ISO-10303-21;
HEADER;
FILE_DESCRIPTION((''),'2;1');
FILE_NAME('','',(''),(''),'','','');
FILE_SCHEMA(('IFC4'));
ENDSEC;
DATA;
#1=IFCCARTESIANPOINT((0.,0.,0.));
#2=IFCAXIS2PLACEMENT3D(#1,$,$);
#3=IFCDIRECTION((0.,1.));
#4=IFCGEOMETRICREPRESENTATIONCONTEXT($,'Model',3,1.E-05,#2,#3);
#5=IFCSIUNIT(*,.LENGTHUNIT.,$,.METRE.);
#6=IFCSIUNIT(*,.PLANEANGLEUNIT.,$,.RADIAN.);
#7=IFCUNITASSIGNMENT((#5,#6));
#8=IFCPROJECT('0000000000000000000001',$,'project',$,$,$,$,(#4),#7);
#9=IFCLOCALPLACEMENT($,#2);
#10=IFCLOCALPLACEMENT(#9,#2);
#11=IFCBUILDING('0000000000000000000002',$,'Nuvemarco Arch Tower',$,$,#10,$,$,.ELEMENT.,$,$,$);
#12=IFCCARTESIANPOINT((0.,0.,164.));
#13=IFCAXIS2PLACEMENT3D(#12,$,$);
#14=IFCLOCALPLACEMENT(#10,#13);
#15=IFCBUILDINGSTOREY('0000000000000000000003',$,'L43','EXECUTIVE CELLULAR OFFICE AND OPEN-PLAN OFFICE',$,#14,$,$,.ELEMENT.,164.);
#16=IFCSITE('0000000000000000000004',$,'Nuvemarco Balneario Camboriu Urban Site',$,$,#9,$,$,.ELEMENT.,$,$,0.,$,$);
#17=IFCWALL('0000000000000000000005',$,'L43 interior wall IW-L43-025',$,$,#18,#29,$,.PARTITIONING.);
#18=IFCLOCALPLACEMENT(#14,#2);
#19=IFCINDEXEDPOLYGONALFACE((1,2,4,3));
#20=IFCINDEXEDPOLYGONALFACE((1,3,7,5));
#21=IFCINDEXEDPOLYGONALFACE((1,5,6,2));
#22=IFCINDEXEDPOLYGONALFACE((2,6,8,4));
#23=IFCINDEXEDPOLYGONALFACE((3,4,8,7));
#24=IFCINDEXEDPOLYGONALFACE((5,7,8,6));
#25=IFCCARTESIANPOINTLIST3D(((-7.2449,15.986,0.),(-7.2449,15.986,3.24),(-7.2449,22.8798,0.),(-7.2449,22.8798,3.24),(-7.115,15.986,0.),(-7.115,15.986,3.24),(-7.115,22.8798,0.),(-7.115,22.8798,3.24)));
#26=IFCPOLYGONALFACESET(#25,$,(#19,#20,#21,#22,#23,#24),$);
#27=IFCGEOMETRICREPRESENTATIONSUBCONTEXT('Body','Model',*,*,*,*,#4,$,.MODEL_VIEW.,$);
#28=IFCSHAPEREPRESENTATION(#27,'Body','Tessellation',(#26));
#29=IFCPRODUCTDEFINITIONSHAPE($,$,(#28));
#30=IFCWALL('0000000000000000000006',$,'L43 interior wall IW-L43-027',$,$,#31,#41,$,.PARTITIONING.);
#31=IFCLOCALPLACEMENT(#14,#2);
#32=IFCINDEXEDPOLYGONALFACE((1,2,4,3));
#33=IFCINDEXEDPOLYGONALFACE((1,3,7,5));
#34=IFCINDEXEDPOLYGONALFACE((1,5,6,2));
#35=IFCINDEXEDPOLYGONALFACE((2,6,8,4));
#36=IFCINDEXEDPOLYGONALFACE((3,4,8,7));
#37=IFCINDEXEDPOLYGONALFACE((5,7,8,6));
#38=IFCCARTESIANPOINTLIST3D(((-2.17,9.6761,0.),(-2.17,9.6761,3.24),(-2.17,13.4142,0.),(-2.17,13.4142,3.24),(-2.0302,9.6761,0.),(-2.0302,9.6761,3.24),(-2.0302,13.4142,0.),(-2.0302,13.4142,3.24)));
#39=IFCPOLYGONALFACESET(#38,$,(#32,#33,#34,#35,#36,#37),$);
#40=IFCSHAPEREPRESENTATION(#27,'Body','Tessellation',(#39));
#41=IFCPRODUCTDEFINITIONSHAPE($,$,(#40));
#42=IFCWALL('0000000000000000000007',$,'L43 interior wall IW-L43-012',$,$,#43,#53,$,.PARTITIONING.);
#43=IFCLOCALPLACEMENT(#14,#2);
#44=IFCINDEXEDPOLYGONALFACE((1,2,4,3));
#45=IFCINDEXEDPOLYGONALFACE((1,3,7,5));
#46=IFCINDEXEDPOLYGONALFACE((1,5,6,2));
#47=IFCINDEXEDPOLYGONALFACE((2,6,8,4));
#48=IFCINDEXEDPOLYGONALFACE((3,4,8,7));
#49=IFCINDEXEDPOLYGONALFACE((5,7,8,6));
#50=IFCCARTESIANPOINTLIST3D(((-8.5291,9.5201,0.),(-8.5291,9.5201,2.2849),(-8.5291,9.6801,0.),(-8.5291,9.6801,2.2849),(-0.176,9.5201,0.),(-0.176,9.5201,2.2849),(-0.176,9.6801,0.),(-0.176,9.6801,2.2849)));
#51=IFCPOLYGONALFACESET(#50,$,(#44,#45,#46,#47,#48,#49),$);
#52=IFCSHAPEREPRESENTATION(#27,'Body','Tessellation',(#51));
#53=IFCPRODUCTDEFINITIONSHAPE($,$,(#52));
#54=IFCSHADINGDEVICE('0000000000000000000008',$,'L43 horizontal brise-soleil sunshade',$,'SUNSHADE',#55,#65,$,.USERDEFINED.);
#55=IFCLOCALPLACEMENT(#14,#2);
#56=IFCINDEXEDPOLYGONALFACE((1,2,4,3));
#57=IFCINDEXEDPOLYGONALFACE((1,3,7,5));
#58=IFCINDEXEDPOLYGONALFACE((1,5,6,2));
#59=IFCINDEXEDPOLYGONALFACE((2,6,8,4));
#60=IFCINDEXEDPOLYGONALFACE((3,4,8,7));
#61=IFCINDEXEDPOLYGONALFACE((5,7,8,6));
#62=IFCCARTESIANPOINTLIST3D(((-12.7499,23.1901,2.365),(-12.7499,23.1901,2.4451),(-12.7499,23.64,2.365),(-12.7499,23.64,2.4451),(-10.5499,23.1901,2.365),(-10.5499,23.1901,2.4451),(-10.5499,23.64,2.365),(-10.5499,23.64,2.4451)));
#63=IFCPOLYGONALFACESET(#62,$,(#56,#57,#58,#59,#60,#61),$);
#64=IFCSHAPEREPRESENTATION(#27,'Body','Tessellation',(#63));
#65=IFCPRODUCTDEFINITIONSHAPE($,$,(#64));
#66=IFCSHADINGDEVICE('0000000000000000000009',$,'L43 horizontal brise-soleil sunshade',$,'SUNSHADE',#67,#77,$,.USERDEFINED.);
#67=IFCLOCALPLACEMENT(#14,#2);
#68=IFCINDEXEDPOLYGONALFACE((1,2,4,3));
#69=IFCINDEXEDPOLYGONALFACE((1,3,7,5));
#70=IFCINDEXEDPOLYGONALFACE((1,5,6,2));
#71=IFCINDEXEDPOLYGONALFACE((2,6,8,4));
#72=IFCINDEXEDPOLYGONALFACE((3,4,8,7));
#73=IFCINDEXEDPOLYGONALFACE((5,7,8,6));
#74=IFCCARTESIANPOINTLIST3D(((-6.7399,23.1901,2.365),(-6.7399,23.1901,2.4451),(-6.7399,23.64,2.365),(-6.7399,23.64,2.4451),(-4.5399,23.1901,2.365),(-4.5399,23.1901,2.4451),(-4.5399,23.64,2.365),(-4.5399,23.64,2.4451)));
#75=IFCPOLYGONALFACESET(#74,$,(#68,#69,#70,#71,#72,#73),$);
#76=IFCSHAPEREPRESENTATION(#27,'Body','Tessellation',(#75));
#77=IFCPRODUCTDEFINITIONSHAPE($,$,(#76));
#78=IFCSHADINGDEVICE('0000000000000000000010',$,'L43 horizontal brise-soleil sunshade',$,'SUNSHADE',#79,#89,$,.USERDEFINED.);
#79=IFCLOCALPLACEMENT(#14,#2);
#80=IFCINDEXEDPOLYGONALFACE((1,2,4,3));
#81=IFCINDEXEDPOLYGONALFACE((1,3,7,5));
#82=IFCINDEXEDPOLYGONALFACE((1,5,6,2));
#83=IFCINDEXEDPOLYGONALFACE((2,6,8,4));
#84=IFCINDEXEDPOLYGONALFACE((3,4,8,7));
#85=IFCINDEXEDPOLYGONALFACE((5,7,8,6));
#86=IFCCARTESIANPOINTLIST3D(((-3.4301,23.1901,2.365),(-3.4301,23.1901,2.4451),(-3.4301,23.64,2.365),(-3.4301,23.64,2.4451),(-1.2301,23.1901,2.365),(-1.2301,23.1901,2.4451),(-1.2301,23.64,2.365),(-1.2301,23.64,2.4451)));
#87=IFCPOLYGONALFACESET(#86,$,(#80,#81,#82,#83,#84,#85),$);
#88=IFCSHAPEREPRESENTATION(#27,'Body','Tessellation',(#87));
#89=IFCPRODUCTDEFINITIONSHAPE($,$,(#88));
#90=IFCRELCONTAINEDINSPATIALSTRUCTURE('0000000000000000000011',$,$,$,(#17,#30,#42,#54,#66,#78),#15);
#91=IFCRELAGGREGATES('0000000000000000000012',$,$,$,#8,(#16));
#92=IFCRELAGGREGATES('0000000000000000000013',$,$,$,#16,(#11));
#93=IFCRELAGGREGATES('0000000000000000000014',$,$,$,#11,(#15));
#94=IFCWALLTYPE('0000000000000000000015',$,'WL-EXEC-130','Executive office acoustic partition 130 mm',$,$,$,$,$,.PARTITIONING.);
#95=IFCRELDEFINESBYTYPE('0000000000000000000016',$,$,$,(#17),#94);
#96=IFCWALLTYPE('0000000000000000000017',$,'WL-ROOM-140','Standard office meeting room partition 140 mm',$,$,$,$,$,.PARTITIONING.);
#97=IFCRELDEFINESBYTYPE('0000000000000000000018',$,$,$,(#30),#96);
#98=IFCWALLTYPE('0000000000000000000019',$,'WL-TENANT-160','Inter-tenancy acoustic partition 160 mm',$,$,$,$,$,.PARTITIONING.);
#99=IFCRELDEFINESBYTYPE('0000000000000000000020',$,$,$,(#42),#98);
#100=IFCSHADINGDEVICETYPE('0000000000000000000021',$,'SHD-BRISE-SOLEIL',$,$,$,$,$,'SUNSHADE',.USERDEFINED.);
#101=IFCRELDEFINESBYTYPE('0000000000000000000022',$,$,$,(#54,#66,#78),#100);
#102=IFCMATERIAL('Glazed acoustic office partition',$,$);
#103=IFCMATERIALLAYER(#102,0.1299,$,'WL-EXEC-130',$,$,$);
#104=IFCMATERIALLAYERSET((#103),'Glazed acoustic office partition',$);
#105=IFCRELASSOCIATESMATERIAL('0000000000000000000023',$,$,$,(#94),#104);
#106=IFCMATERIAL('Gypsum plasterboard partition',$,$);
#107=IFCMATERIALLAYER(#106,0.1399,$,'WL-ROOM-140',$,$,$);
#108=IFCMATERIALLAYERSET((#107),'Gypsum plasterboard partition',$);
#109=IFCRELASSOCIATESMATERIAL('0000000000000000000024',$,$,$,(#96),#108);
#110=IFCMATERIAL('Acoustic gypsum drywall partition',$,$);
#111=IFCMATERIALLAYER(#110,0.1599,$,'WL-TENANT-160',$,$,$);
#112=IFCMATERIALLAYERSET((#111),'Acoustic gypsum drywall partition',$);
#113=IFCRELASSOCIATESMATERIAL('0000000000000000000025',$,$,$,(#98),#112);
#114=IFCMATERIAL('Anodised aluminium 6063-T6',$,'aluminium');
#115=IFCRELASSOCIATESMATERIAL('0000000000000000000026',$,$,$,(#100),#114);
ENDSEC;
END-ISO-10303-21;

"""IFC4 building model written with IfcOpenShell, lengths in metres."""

from ifc_helpers import new_model, si_unit, direction, frame, frame_2d, origin, origin_2d, place, context, subcontext, project, spatial, rectangle, extrude, source, transform, mapped, material, layer, layer_set, type_object, type_shapes, element, save


model = new_model("IFC4")

# Units and contexts
model_context = context("Model", 3, precision=1e-05, world=origin(), true_north=direction((0.0, 1.0)))
body_context = subcontext(model_context, "Body", "Model", "MODEL_VIEW")
ifc_project = project(units=[si_unit("LENGTHUNIT", "METRE"), si_unit("PLANEANGLEUNIT", "RADIAN")], contexts=[model_context])

# Site, building, storey
site_placement = place(None, origin())
site = spatial("IfcSite", under=ifc_project, at=site_placement, Name="Nuvemarco Balneario Camboriu Urban Site", CompositionType="ELEMENT", RefElevation=0.0)
building_placement = place(site_placement, origin())
building = spatial("IfcBuilding", under=site, at=building_placement, Name="Nuvemarco Arch Tower", CompositionType="ELEMENT")
storey_placement = place(building_placement, frame((0.0, 0.0, 164.0)))
storey = spatial("IfcBuildingStorey", under=building, at=storey_placement, Name="L43", Description="EXECUTIVE CELLULAR OFFICE AND OPEN-PLAN OFFICE", CompositionType="ELEMENT", Elevation=164.0)

# Walls
ifc_material_1 = material(Name="Glazed acoustic office partition")
ifc_layer_1 = layer(ifc_material_1, 0.1299, Name="WL-EXEC-130")
ifc_layer_set_1 = layer_set([ifc_layer_1], Name="Glazed acoustic office partition")
wall_type_1 = type_object("IfcWallType", Name="WL-EXEC-130", Description="Executive office acoustic partition 130 mm", PredefinedType="PARTITIONING", material=ifc_layer_set_1)
wall_1_placement = place(storey_placement, frame((-7.1799, 15.9861, 0.0), z_axis=(0.0, 0.0, 1.0), x_axis=(0.0, 1.0, 0.0)))
element("IfcWall", 1, at=wall_1_placement, inside=storey, type_object=wall_type_1, Name="L43 interior wall IW-L43-025", PredefinedType="PARTITIONING", context=body_context, shape_type="SweptSolid", body=[
    extrude(rectangle(XDim=6.8938, YDim=0.1299, at=frame_2d((3.4468, 0.0))), origin(), (0.0, 0.0, 1.0), 3.24),
])
ifc_material_2 = material(Name="Gypsum plasterboard partition")
ifc_layer_2 = layer(ifc_material_2, 0.1399, Name="WL-ROOM-140")
ifc_layer_set_2 = layer_set([ifc_layer_2], Name="Gypsum plasterboard partition")
wall_type_2 = type_object("IfcWallType", Name="WL-ROOM-140", Description="Standard office meeting room partition 140 mm", PredefinedType="PARTITIONING", material=ifc_layer_set_2)
wall_2_placement = place(storey_placement, frame((-2.1001, 9.676, 0.0), z_axis=(0.0, 0.0, 1.0), x_axis=(0.0, 1.0, 0.0)))
element("IfcWall", 2, at=wall_2_placement, inside=storey, type_object=wall_type_2, Name="L43 interior wall IW-L43-027", PredefinedType="PARTITIONING", context=body_context, shape_type="SweptSolid", body=[
    extrude(rectangle(XDim=3.738, YDim=0.1399, at=frame_2d((1.8691, 0.0))), origin(), (0.0, 0.0, 1.0), 3.24),
])
ifc_material_3 = material(Name="Acoustic gypsum drywall partition")
ifc_layer_3 = layer(ifc_material_3, 0.1599, Name="WL-TENANT-160")
ifc_layer_set_3 = layer_set([ifc_layer_3], Name="Acoustic gypsum drywall partition")
wall_type_3 = type_object("IfcWallType", Name="WL-TENANT-160", Description="Inter-tenancy acoustic partition 160 mm", PredefinedType="PARTITIONING", material=ifc_layer_set_3)
wall_3_placement = place(storey_placement, frame((-8.5291, 9.6001, 0.0), z_axis=(0.0, 0.0, 1.0), x_axis=(1.0, 0.0, 0.0)))
element("IfcWall", 3, at=wall_3_placement, inside=storey, type_object=wall_type_3, Name="L43 interior wall IW-L43-012", PredefinedType="PARTITIONING", context=body_context, shape_type="SweptSolid", body=[
    extrude(rectangle(XDim=8.353, YDim=0.1599, at=frame_2d((4.1765, 0.0))), origin(), (0.0, 0.0, 1.0), 2.2849),
])

# Shading devices
ifc_material_4 = material(Name="Anodised aluminium 6063-T6", Category="aluminium")
shading_device_type = type_object("IfcShadingDeviceType", Name="SHD-BRISE-SOLEIL", ElementType="SUNSHADE", PredefinedType="USERDEFINED", material=ifc_material_4)
shared_shape_1 = source(origin(), body_context, "Body", "SweptSolid", [
    extrude(rectangle(XDim=2.2, YDim=0.45, at=origin_2d()), origin(), (0.0, 0.0, 1.0), 0.0801),
])
type_shapes(shading_device_type, [shared_shape_1])
for number, where, z_axis, x_axis, name in (
    (4, (-11.6499, 23.415, 2.365), (0.0, 0.0, 1.0), (1.0, 0.0, 0.0), "L43 horizontal brise-soleil sunshade"),
    (5, (-5.6399, 23.415, 2.365), (0.0, 0.0, 1.0), (1.0, 0.0, 0.0), "L43 horizontal brise-soleil sunshade"),
    (6, (-2.3301, 23.415, 2.365), (0.0, 0.0, 1.0), (1.0, 0.0, 0.0), "L43 horizontal brise-soleil sunshade"),
):
    element("IfcShadingDevice", number, at=place(storey_placement, frame(where, z_axis=z_axis, x_axis=x_axis)), inside=storey, type_object=shading_device_type, Name=name, ObjectType="SUNSHADE", PredefinedType="USERDEFINED", context=body_context, shape_type="MappedRepresentation", body=[
        mapped(shared_shape_1, transform((0.0, 0.0, 0.0), scale=1.0)),
    ])

save(model, "model.ifc")
